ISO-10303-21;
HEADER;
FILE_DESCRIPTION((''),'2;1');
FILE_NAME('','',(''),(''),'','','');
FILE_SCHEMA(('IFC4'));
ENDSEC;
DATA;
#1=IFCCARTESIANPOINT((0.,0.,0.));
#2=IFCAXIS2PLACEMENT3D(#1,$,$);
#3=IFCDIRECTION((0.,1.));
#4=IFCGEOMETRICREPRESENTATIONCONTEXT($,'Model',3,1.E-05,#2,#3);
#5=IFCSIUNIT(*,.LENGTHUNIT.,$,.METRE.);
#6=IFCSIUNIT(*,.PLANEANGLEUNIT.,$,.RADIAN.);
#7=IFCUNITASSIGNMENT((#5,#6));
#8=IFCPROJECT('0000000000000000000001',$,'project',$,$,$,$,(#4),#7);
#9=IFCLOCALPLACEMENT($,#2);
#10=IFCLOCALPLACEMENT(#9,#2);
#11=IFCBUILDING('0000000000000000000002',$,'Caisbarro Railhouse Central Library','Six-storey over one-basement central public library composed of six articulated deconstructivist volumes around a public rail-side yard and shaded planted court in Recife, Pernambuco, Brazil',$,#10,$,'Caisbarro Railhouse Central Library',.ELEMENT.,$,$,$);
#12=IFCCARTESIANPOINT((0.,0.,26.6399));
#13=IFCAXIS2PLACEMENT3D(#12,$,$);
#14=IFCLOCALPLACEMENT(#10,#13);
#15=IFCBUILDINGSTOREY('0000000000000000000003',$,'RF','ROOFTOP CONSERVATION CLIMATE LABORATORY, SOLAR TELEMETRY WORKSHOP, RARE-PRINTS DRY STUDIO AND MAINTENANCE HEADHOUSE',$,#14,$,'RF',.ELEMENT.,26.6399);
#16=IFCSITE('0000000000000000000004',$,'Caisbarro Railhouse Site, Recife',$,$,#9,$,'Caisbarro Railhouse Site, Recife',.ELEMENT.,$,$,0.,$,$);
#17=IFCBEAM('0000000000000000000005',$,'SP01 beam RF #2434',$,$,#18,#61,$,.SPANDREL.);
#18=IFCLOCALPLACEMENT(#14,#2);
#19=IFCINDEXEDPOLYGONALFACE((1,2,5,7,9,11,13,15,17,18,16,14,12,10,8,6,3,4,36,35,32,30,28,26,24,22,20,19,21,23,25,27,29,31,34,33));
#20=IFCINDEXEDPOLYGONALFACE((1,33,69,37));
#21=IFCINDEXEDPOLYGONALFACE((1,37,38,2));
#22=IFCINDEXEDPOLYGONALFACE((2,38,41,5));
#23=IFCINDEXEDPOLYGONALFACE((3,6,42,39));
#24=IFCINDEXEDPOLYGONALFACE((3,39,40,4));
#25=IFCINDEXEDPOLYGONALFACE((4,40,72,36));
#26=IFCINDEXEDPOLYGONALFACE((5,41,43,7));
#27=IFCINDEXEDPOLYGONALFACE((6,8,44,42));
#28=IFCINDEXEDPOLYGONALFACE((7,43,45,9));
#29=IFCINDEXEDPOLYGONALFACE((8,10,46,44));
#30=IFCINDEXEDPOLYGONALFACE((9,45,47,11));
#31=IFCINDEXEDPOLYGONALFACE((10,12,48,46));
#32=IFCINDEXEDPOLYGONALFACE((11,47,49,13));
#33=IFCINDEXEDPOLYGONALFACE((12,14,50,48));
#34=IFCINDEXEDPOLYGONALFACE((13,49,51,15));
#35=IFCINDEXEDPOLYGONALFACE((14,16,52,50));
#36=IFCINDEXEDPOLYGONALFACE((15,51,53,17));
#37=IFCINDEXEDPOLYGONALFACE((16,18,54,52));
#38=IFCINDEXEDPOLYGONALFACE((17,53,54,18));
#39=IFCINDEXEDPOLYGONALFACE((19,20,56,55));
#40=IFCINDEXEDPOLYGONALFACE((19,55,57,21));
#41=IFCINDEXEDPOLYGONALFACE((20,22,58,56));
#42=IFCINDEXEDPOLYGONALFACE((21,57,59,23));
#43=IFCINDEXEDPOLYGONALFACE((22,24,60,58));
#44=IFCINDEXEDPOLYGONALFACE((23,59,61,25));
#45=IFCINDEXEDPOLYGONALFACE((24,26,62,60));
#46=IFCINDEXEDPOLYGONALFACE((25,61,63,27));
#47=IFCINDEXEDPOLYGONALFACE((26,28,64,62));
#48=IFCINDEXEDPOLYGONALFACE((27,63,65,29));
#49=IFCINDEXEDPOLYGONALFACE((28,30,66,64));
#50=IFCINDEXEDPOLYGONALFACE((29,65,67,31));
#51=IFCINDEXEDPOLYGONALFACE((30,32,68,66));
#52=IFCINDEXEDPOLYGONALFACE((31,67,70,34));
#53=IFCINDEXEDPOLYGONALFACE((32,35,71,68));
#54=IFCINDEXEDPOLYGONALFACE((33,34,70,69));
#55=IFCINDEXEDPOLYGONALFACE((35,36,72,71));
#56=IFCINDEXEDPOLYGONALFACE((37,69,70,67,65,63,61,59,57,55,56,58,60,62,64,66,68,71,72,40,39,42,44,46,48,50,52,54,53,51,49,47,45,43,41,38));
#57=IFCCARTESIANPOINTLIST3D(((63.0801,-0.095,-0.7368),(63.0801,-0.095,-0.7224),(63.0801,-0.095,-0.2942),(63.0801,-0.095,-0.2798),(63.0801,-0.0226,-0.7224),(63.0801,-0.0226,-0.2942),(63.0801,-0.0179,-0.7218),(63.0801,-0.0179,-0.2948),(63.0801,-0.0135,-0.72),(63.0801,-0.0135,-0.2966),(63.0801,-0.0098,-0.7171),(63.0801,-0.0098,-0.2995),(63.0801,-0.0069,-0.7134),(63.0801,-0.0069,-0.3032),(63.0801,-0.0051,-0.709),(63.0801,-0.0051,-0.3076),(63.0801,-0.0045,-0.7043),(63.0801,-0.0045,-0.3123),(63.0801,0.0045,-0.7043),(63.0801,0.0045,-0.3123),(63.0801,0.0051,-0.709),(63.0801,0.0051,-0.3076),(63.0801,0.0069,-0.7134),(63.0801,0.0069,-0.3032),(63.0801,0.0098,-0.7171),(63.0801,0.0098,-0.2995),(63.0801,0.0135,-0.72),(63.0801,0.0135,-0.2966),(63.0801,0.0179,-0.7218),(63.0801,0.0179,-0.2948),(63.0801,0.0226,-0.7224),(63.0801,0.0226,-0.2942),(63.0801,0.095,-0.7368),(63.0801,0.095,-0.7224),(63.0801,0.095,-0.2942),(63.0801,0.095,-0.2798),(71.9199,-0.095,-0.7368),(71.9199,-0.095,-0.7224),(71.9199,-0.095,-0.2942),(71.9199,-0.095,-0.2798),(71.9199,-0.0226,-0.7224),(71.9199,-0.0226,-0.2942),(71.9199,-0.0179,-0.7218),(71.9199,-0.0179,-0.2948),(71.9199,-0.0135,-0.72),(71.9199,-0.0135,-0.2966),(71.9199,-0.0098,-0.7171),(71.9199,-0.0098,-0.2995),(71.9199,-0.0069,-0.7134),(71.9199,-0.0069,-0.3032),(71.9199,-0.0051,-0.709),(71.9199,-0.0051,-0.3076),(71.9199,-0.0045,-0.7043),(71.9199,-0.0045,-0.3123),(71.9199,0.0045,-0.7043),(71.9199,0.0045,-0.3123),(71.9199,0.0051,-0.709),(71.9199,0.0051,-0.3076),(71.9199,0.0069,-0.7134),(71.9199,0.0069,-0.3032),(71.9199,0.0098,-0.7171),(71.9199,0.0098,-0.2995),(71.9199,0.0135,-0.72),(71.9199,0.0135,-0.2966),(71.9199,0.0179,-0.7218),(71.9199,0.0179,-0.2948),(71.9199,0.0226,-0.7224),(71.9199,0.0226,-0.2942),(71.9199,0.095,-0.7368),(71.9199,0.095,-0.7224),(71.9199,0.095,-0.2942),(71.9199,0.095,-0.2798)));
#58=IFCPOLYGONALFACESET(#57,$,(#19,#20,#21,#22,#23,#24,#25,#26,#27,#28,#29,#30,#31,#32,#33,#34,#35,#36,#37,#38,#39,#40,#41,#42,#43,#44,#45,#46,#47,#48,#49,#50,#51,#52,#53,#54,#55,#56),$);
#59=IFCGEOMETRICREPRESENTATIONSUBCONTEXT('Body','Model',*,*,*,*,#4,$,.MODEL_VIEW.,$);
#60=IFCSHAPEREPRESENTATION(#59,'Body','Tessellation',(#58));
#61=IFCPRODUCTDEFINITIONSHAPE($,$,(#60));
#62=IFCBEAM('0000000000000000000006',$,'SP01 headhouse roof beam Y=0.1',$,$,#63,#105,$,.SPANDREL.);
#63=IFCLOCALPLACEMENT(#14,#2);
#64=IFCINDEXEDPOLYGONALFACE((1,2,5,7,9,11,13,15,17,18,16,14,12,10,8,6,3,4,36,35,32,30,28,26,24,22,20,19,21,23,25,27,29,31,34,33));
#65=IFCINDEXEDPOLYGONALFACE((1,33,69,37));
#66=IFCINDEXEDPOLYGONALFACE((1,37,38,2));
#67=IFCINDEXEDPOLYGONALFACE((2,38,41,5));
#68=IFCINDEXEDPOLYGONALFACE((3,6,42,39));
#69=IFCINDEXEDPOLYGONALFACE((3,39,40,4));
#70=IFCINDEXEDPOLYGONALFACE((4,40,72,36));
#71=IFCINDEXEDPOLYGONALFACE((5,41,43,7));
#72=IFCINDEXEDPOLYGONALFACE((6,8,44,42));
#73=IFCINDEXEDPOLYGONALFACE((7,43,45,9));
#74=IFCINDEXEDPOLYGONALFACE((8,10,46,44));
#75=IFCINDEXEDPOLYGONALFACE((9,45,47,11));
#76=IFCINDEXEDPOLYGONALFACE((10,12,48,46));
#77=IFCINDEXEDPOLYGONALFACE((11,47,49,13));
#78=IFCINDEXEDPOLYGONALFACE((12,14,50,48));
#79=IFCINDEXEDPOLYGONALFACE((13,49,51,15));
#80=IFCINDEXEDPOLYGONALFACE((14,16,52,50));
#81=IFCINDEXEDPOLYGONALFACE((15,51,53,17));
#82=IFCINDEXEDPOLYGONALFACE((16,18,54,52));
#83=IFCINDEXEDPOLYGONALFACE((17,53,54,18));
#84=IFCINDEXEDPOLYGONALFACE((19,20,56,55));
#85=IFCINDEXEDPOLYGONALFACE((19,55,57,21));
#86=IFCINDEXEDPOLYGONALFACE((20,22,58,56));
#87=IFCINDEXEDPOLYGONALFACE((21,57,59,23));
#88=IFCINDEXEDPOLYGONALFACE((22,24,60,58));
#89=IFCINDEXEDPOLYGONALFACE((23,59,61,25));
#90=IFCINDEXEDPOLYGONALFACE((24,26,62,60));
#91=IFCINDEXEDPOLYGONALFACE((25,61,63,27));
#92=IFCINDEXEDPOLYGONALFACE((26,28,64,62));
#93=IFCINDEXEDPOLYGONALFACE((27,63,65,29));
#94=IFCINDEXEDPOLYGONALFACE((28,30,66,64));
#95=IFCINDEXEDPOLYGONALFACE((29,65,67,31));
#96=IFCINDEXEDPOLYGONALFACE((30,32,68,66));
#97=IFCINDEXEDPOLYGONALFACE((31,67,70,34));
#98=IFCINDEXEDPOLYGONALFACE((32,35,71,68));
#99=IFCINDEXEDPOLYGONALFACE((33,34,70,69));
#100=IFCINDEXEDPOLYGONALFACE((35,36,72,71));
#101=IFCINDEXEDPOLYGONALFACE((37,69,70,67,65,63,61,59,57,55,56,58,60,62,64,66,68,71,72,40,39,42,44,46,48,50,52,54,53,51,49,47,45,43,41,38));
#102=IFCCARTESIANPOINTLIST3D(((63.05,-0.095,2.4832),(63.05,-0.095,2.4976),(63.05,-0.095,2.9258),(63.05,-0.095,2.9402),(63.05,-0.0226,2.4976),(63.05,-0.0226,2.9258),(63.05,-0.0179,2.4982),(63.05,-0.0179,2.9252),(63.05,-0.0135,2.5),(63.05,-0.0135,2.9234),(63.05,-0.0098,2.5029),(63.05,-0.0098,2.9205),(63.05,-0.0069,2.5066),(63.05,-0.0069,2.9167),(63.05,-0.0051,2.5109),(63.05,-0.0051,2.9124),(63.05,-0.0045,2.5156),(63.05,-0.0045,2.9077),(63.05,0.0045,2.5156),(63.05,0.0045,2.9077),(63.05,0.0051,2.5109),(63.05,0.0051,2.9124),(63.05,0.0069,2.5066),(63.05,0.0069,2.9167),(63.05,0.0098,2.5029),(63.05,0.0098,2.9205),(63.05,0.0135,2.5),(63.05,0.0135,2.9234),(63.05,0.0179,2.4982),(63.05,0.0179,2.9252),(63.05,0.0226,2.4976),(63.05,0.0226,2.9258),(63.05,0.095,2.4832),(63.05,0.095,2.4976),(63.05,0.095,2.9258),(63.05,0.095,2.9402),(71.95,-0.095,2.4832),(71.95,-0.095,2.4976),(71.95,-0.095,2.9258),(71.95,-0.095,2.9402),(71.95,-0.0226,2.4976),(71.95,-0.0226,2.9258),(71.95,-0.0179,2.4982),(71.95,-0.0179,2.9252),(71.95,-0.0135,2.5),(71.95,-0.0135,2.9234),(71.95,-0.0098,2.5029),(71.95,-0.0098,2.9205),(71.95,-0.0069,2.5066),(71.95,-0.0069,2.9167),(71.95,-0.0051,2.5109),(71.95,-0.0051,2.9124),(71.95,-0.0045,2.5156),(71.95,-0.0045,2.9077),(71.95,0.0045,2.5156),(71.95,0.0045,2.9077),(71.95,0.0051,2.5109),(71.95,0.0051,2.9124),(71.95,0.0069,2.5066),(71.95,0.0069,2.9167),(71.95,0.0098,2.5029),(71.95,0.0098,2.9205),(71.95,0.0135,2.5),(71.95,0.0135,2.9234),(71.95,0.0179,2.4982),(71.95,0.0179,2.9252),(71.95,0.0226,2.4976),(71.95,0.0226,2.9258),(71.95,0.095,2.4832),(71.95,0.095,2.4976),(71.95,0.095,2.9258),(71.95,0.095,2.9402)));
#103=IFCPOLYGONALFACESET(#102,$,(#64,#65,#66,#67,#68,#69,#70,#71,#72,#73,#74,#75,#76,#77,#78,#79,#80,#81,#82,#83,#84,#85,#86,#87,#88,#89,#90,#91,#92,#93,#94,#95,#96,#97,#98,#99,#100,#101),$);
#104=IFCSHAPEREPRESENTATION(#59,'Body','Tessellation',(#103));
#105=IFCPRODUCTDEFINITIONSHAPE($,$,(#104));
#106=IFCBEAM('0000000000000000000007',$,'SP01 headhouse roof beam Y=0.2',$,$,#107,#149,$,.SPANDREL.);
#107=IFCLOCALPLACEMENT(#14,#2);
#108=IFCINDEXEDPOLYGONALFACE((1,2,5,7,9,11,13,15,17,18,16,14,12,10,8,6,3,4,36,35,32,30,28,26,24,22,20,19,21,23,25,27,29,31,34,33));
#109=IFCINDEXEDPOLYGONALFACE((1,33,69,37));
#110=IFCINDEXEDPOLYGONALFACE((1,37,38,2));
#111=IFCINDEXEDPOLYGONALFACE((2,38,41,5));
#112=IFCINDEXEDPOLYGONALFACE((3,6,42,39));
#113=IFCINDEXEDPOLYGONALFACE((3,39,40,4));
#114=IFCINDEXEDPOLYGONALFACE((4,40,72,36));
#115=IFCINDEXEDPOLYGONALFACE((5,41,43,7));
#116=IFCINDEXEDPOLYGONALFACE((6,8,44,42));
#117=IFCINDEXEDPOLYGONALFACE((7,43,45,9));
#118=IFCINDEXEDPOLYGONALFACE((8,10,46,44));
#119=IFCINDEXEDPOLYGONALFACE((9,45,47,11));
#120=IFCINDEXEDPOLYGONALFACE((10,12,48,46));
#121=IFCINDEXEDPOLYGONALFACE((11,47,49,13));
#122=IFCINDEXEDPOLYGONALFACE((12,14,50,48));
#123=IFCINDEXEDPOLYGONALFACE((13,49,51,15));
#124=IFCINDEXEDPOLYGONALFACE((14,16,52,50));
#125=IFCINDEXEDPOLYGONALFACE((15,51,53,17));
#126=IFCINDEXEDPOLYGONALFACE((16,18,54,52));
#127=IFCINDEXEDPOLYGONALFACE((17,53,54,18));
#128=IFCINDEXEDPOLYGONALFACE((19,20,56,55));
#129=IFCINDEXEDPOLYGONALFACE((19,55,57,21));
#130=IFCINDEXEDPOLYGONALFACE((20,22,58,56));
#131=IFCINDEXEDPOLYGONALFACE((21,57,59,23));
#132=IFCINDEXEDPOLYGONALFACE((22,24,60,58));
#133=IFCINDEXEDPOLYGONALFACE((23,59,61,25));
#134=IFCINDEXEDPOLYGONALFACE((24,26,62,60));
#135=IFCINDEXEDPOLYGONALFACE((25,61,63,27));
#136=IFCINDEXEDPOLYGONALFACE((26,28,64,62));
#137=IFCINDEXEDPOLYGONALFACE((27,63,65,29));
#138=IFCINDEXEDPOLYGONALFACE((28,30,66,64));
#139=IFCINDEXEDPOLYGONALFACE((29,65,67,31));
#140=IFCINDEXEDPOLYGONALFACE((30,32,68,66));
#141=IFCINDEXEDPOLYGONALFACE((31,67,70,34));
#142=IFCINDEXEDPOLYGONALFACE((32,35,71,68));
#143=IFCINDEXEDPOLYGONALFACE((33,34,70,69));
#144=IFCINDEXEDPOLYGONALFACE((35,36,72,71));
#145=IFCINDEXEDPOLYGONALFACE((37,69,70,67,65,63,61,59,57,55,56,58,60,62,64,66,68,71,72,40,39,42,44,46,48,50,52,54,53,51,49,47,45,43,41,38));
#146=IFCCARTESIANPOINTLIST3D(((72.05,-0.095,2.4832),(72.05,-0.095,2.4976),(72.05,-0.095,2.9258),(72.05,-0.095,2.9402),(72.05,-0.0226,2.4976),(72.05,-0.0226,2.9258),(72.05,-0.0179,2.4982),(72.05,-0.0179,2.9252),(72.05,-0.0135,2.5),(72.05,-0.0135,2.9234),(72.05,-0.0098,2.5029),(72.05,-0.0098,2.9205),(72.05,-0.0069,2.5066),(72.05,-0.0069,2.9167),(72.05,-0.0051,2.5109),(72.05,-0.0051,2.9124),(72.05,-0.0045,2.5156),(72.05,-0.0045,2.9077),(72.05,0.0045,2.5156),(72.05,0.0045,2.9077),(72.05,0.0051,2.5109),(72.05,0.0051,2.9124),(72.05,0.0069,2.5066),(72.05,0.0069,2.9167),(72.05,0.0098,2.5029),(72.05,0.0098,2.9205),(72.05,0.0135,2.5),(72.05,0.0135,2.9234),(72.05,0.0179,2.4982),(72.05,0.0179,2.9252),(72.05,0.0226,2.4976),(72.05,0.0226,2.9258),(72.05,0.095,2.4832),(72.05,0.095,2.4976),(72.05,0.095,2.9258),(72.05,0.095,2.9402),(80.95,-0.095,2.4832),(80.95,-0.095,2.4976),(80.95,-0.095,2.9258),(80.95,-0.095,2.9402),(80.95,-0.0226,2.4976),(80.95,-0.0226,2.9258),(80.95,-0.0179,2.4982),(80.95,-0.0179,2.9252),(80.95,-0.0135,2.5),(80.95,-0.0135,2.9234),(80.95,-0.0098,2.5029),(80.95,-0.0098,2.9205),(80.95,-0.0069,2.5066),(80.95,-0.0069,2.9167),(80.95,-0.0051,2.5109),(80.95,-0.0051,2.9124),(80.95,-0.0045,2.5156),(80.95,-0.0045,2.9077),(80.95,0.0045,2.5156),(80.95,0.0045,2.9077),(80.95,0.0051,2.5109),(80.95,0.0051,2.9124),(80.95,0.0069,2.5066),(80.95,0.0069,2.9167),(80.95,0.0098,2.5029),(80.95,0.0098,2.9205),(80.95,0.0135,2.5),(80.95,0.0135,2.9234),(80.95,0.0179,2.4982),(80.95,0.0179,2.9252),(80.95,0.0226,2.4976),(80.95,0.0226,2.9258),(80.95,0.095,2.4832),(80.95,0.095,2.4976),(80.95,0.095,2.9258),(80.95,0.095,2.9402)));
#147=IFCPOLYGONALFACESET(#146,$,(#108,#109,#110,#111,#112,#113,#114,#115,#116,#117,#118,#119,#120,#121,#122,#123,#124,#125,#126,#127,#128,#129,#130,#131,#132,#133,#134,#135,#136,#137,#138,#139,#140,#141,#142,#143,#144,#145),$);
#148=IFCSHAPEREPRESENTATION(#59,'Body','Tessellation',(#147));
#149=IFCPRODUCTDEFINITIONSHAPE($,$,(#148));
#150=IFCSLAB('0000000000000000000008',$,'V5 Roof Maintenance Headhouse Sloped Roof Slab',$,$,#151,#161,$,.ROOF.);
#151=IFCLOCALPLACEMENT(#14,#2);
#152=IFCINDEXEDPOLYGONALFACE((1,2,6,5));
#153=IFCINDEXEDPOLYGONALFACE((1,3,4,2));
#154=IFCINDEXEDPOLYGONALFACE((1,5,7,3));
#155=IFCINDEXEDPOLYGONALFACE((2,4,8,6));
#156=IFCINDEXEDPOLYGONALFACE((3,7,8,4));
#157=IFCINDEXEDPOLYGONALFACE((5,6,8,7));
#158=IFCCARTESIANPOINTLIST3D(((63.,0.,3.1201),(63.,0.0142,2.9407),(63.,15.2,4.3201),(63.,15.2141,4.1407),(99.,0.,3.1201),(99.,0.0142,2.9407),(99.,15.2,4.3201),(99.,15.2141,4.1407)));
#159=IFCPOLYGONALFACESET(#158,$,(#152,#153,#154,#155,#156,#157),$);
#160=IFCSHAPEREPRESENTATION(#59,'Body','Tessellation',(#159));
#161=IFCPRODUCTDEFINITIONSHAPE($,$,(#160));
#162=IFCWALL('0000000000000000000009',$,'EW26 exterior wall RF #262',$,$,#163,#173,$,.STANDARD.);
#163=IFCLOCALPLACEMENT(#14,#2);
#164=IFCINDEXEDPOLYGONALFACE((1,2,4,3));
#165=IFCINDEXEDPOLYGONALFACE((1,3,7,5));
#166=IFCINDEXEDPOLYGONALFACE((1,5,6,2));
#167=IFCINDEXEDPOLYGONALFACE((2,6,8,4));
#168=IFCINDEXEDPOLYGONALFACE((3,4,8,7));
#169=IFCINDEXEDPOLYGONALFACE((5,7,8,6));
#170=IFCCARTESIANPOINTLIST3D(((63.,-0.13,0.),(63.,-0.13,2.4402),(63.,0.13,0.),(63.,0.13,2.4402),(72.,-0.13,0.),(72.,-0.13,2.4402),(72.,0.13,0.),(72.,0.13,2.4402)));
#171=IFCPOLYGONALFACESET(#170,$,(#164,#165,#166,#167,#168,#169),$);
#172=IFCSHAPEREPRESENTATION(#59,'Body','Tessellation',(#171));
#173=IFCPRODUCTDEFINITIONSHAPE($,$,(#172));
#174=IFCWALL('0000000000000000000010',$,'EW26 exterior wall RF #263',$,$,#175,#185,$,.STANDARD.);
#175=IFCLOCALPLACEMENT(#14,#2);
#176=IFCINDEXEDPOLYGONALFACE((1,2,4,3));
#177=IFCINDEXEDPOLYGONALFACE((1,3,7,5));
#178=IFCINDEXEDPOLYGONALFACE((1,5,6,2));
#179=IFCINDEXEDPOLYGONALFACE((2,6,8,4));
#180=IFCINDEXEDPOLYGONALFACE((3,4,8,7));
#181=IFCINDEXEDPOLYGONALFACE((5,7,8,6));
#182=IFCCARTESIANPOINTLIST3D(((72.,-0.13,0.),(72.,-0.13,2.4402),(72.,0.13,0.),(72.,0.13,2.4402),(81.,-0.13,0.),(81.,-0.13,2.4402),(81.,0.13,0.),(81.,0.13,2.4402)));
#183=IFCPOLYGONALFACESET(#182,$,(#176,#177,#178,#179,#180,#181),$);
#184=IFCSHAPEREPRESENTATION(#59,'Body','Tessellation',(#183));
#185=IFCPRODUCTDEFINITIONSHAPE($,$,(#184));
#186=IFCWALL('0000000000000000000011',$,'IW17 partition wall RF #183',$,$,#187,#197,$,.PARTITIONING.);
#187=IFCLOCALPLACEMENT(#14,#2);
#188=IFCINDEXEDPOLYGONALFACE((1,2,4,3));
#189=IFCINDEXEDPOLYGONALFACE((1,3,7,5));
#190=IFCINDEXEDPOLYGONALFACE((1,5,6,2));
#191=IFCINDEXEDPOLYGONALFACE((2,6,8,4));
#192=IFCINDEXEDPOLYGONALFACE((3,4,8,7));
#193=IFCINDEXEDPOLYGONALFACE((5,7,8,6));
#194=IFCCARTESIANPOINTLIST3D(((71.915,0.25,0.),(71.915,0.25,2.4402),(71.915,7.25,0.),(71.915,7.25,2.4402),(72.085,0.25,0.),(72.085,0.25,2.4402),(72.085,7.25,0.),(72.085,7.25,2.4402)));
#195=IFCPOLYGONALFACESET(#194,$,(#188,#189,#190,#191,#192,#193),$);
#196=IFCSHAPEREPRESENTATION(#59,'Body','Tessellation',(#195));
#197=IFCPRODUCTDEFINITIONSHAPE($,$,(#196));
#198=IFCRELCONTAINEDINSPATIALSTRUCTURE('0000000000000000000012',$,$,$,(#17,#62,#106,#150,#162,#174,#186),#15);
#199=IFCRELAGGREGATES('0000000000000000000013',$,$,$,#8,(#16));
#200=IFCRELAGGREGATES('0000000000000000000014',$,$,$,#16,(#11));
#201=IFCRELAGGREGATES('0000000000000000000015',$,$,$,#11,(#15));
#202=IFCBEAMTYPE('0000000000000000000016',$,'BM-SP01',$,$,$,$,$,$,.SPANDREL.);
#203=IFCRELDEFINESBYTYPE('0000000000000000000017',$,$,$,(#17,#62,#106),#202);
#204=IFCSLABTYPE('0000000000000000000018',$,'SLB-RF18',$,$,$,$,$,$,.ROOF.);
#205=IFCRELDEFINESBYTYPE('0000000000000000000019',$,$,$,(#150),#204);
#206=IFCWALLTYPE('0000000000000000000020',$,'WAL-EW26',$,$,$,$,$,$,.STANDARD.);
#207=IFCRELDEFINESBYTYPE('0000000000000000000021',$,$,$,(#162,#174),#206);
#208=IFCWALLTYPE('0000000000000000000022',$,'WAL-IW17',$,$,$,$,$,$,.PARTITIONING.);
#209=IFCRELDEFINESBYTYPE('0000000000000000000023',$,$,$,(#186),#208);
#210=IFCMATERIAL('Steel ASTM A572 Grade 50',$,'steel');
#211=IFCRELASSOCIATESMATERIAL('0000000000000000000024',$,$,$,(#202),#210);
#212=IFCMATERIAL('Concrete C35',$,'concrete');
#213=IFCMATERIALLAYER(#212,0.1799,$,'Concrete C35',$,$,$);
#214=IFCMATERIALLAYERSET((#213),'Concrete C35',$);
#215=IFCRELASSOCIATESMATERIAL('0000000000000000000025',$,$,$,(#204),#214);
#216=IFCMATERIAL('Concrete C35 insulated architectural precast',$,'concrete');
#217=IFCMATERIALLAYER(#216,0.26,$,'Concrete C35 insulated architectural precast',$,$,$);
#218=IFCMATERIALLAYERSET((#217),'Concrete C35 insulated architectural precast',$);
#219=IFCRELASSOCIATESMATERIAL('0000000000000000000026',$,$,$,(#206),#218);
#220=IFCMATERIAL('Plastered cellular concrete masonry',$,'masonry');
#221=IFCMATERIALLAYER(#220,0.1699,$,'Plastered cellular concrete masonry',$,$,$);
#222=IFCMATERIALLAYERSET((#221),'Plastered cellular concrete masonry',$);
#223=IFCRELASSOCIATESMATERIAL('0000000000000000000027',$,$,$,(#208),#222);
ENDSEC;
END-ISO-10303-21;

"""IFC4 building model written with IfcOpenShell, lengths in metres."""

from ifc_helpers import new_model, si_unit, direction, frame, frame_2d, origin, origin_2d, place, context, subcontext, project, spatial, polyline, rectangle, i_section, outline, extrude, material, layer, layer_set, material_profile, profile_set, type_object, element, save


model = new_model("IFC4")

# Units and contexts
model_context = context("Model", 3, precision=1e-05, world=origin(), true_north=direction((0.0, 1.0)))
body_context = subcontext(model_context, "Body", "Model", "MODEL_VIEW")
ifc_project = project(units=[si_unit("LENGTHUNIT", "METRE"), si_unit("PLANEANGLEUNIT", "RADIAN")], contexts=[model_context])

# Site, building, storey
site_placement = place(None, origin())
site = spatial("IfcSite", under=ifc_project, at=site_placement, Name="Caisbarro Railhouse Site, Recife", LongName="Caisbarro Railhouse Site, Recife", CompositionType="ELEMENT", RefElevation=0.0)
building_placement = place(site_placement, origin())
building = spatial("IfcBuilding", under=site, at=building_placement, Name="Caisbarro Railhouse Central Library", Description="Six-storey over one-basement central public library composed of six articulated deconstructivist volumes around a public rail-side yard and shaded planted court in Recife, Pernambuco, Brazil", LongName="Caisbarro Railhouse Central Library", CompositionType="ELEMENT")
storey_placement = place(building_placement, frame((0.0, 0.0, 26.6399)))
storey = spatial("IfcBuildingStorey", under=building, at=storey_placement, Name="RF", Description="ROOFTOP CONSERVATION CLIMATE LABORATORY, SOLAR TELEMETRY WORKSHOP, RARE-PRINTS DRY STUDIO AND MAINTENANCE HEADHOUSE", LongName="RF", CompositionType="ELEMENT", Elevation=26.6399)

# Shared definitions
ifc_material_1 = material(Name="Steel ASTM A572 Grade 50", Category="steel")

# Beams
ifc_material_profile_1 = material_profile(ifc_material_1, i_section(OverallWidth=0.1899, OverallDepth=0.457, WebThickness=0.009, FlangeThickness=0.0144, FilletRadius=0.0181, at=origin_2d()), Name="W460X74.0")
ifc_profile_set_1 = profile_set([ifc_material_profile_1], Name="Steel ASTM A572 Grade 50")
beam_type_1 = type_object("IfcBeamType", Name="BM-SP01", PredefinedType="SPANDREL", material=ifc_profile_set_1)
beam_1_placement = place(storey_placement, frame((63.0801, 0.0, -0.5083), z_axis=(1.0, 0.0, 0.0), x_axis=(0.0, 1.0, 0.0)))
element("IfcBeam", 1, at=beam_1_placement, inside=storey, type_object=beam_type_1, Name="SP01 beam RF #2434", PredefinedType="SPANDREL", context=body_context, shape_type="SweptSolid", body=[
    extrude(i_section(OverallWidth=0.1899, OverallDepth=0.457, WebThickness=0.009, FlangeThickness=0.0144, FilletRadius=0.0181, at=origin_2d()), origin(), (0.0, 0.0, 1.0), 8.8398),
])
for number, where, z_axis, x_axis, name in (
    (2, (63.05, 0.0, 2.7117), (1.0, 0.0, 0.0), (0.0, 1.0, 0.0), "SP01 headhouse roof beam Y=0.1"),
    (3, (72.05, 0.0, 2.7117), (1.0, 0.0, 0.0), (0.0, 1.0, 0.0), "SP01 headhouse roof beam Y=0.2"),
):
    element("IfcBeam", number, at=place(storey_placement, frame(where, z_axis=z_axis, x_axis=x_axis)), inside=storey, type_object=beam_type_1, Name=name, PredefinedType="SPANDREL", context=body_context, shape_type="SweptSolid", body=[
        extrude(i_section(OverallWidth=0.1899, OverallDepth=0.457, WebThickness=0.009, FlangeThickness=0.0144, FilletRadius=0.0181, at=origin_2d()), origin(), (0.0, 0.0, 1.0), 8.8999),
    ])

# Slab
ifc_material_2 = material(Name="Concrete C35", Category="concrete")
ifc_layer_1 = layer(ifc_material_2, 0.1799, Name="Concrete C35")
ifc_layer_set_1 = layer_set([ifc_layer_1], Name="Concrete C35")
slab_type = type_object("IfcSlabType", Name="SLB-RF18", PredefinedType="ROOF", material=ifc_layer_set_1)
slab_placement = place(storey_placement, frame((63.0, 0.0, 3.1201), z_axis=(0.0, -0.0787, 0.996898), x_axis=(1.0, 0.0, 0.0)))
element("IfcSlab", 4, at=slab_placement, inside=storey, type_object=slab_type, Name="V5 Roof Maintenance Headhouse Sloped Roof Slab", PredefinedType="ROOF", context=body_context, shape_type="SweptSolid", body=[
    extrude(outline(polyline([(0.0, 0.0), (36.0, 0.0), (36.0, 15.2472), (0.0, 15.2472), (0.0, 0.0)])), origin(), (0.0, 0.0, -1.0), 0.1799),
])

# Walls
ifc_material_3 = material(Name="Concrete C35 insulated architectural precast", Category="concrete")
ifc_layer_2 = layer(ifc_material_3, 0.26, Name="Concrete C35 insulated architectural precast")
ifc_layer_set_2 = layer_set([ifc_layer_2], Name="Concrete C35 insulated architectural precast")
wall_type_1 = type_object("IfcWallType", Name="WAL-EW26", PredefinedType="STANDARD", material=ifc_layer_set_2)
for number, where, z_axis, x_axis, name in (
    (5, (63.0, 0.0, 0.0), (0.0, 0.0, 1.0), (1.0, 0.0, 0.0), "EW26 exterior wall RF #262"),
    (6, (72.0, 0.0, 0.0), (0.0, 0.0, 1.0), (1.0, 0.0, 0.0), "EW26 exterior wall RF #263"),
):
    element("IfcWall", number, at=place(storey_placement, frame(where, z_axis=z_axis, x_axis=x_axis)), inside=storey, type_object=wall_type_1, Name=name, PredefinedType="STANDARD", context=body_context, shape_type="SweptSolid", body=[
        extrude(rectangle(XDim=9.0, YDim=0.26, at=frame_2d((4.5, 0.0))), origin(), (0.0, 0.0, 1.0), 2.4402),
    ])
ifc_material_4 = material(Name="Plastered cellular concrete masonry", Category="masonry")
ifc_layer_3 = layer(ifc_material_4, 0.1699, Name="Plastered cellular concrete masonry")
ifc_layer_set_3 = layer_set([ifc_layer_3], Name="Plastered cellular concrete masonry")
wall_type_2 = type_object("IfcWallType", Name="WAL-IW17", PredefinedType="PARTITIONING", material=ifc_layer_set_3)
wall_1_placement = place(storey_placement, frame((72.0, 0.25, 0.0), z_axis=(0.0, 0.0, 1.0), x_axis=(0.0, 1.0, 0.0)))
element("IfcWall", 7, at=wall_1_placement, inside=storey, type_object=wall_type_2, Name="IW17 partition wall RF #183", PredefinedType="PARTITIONING", context=body_context, shape_type="SweptSolid", body=[
    extrude(rectangle(XDim=7.0, YDim=0.1699, at=frame_2d((3.5, 0.0))), origin(), (0.0, 0.0, 1.0), 2.4402),
])

save(model, "model.ifc")
